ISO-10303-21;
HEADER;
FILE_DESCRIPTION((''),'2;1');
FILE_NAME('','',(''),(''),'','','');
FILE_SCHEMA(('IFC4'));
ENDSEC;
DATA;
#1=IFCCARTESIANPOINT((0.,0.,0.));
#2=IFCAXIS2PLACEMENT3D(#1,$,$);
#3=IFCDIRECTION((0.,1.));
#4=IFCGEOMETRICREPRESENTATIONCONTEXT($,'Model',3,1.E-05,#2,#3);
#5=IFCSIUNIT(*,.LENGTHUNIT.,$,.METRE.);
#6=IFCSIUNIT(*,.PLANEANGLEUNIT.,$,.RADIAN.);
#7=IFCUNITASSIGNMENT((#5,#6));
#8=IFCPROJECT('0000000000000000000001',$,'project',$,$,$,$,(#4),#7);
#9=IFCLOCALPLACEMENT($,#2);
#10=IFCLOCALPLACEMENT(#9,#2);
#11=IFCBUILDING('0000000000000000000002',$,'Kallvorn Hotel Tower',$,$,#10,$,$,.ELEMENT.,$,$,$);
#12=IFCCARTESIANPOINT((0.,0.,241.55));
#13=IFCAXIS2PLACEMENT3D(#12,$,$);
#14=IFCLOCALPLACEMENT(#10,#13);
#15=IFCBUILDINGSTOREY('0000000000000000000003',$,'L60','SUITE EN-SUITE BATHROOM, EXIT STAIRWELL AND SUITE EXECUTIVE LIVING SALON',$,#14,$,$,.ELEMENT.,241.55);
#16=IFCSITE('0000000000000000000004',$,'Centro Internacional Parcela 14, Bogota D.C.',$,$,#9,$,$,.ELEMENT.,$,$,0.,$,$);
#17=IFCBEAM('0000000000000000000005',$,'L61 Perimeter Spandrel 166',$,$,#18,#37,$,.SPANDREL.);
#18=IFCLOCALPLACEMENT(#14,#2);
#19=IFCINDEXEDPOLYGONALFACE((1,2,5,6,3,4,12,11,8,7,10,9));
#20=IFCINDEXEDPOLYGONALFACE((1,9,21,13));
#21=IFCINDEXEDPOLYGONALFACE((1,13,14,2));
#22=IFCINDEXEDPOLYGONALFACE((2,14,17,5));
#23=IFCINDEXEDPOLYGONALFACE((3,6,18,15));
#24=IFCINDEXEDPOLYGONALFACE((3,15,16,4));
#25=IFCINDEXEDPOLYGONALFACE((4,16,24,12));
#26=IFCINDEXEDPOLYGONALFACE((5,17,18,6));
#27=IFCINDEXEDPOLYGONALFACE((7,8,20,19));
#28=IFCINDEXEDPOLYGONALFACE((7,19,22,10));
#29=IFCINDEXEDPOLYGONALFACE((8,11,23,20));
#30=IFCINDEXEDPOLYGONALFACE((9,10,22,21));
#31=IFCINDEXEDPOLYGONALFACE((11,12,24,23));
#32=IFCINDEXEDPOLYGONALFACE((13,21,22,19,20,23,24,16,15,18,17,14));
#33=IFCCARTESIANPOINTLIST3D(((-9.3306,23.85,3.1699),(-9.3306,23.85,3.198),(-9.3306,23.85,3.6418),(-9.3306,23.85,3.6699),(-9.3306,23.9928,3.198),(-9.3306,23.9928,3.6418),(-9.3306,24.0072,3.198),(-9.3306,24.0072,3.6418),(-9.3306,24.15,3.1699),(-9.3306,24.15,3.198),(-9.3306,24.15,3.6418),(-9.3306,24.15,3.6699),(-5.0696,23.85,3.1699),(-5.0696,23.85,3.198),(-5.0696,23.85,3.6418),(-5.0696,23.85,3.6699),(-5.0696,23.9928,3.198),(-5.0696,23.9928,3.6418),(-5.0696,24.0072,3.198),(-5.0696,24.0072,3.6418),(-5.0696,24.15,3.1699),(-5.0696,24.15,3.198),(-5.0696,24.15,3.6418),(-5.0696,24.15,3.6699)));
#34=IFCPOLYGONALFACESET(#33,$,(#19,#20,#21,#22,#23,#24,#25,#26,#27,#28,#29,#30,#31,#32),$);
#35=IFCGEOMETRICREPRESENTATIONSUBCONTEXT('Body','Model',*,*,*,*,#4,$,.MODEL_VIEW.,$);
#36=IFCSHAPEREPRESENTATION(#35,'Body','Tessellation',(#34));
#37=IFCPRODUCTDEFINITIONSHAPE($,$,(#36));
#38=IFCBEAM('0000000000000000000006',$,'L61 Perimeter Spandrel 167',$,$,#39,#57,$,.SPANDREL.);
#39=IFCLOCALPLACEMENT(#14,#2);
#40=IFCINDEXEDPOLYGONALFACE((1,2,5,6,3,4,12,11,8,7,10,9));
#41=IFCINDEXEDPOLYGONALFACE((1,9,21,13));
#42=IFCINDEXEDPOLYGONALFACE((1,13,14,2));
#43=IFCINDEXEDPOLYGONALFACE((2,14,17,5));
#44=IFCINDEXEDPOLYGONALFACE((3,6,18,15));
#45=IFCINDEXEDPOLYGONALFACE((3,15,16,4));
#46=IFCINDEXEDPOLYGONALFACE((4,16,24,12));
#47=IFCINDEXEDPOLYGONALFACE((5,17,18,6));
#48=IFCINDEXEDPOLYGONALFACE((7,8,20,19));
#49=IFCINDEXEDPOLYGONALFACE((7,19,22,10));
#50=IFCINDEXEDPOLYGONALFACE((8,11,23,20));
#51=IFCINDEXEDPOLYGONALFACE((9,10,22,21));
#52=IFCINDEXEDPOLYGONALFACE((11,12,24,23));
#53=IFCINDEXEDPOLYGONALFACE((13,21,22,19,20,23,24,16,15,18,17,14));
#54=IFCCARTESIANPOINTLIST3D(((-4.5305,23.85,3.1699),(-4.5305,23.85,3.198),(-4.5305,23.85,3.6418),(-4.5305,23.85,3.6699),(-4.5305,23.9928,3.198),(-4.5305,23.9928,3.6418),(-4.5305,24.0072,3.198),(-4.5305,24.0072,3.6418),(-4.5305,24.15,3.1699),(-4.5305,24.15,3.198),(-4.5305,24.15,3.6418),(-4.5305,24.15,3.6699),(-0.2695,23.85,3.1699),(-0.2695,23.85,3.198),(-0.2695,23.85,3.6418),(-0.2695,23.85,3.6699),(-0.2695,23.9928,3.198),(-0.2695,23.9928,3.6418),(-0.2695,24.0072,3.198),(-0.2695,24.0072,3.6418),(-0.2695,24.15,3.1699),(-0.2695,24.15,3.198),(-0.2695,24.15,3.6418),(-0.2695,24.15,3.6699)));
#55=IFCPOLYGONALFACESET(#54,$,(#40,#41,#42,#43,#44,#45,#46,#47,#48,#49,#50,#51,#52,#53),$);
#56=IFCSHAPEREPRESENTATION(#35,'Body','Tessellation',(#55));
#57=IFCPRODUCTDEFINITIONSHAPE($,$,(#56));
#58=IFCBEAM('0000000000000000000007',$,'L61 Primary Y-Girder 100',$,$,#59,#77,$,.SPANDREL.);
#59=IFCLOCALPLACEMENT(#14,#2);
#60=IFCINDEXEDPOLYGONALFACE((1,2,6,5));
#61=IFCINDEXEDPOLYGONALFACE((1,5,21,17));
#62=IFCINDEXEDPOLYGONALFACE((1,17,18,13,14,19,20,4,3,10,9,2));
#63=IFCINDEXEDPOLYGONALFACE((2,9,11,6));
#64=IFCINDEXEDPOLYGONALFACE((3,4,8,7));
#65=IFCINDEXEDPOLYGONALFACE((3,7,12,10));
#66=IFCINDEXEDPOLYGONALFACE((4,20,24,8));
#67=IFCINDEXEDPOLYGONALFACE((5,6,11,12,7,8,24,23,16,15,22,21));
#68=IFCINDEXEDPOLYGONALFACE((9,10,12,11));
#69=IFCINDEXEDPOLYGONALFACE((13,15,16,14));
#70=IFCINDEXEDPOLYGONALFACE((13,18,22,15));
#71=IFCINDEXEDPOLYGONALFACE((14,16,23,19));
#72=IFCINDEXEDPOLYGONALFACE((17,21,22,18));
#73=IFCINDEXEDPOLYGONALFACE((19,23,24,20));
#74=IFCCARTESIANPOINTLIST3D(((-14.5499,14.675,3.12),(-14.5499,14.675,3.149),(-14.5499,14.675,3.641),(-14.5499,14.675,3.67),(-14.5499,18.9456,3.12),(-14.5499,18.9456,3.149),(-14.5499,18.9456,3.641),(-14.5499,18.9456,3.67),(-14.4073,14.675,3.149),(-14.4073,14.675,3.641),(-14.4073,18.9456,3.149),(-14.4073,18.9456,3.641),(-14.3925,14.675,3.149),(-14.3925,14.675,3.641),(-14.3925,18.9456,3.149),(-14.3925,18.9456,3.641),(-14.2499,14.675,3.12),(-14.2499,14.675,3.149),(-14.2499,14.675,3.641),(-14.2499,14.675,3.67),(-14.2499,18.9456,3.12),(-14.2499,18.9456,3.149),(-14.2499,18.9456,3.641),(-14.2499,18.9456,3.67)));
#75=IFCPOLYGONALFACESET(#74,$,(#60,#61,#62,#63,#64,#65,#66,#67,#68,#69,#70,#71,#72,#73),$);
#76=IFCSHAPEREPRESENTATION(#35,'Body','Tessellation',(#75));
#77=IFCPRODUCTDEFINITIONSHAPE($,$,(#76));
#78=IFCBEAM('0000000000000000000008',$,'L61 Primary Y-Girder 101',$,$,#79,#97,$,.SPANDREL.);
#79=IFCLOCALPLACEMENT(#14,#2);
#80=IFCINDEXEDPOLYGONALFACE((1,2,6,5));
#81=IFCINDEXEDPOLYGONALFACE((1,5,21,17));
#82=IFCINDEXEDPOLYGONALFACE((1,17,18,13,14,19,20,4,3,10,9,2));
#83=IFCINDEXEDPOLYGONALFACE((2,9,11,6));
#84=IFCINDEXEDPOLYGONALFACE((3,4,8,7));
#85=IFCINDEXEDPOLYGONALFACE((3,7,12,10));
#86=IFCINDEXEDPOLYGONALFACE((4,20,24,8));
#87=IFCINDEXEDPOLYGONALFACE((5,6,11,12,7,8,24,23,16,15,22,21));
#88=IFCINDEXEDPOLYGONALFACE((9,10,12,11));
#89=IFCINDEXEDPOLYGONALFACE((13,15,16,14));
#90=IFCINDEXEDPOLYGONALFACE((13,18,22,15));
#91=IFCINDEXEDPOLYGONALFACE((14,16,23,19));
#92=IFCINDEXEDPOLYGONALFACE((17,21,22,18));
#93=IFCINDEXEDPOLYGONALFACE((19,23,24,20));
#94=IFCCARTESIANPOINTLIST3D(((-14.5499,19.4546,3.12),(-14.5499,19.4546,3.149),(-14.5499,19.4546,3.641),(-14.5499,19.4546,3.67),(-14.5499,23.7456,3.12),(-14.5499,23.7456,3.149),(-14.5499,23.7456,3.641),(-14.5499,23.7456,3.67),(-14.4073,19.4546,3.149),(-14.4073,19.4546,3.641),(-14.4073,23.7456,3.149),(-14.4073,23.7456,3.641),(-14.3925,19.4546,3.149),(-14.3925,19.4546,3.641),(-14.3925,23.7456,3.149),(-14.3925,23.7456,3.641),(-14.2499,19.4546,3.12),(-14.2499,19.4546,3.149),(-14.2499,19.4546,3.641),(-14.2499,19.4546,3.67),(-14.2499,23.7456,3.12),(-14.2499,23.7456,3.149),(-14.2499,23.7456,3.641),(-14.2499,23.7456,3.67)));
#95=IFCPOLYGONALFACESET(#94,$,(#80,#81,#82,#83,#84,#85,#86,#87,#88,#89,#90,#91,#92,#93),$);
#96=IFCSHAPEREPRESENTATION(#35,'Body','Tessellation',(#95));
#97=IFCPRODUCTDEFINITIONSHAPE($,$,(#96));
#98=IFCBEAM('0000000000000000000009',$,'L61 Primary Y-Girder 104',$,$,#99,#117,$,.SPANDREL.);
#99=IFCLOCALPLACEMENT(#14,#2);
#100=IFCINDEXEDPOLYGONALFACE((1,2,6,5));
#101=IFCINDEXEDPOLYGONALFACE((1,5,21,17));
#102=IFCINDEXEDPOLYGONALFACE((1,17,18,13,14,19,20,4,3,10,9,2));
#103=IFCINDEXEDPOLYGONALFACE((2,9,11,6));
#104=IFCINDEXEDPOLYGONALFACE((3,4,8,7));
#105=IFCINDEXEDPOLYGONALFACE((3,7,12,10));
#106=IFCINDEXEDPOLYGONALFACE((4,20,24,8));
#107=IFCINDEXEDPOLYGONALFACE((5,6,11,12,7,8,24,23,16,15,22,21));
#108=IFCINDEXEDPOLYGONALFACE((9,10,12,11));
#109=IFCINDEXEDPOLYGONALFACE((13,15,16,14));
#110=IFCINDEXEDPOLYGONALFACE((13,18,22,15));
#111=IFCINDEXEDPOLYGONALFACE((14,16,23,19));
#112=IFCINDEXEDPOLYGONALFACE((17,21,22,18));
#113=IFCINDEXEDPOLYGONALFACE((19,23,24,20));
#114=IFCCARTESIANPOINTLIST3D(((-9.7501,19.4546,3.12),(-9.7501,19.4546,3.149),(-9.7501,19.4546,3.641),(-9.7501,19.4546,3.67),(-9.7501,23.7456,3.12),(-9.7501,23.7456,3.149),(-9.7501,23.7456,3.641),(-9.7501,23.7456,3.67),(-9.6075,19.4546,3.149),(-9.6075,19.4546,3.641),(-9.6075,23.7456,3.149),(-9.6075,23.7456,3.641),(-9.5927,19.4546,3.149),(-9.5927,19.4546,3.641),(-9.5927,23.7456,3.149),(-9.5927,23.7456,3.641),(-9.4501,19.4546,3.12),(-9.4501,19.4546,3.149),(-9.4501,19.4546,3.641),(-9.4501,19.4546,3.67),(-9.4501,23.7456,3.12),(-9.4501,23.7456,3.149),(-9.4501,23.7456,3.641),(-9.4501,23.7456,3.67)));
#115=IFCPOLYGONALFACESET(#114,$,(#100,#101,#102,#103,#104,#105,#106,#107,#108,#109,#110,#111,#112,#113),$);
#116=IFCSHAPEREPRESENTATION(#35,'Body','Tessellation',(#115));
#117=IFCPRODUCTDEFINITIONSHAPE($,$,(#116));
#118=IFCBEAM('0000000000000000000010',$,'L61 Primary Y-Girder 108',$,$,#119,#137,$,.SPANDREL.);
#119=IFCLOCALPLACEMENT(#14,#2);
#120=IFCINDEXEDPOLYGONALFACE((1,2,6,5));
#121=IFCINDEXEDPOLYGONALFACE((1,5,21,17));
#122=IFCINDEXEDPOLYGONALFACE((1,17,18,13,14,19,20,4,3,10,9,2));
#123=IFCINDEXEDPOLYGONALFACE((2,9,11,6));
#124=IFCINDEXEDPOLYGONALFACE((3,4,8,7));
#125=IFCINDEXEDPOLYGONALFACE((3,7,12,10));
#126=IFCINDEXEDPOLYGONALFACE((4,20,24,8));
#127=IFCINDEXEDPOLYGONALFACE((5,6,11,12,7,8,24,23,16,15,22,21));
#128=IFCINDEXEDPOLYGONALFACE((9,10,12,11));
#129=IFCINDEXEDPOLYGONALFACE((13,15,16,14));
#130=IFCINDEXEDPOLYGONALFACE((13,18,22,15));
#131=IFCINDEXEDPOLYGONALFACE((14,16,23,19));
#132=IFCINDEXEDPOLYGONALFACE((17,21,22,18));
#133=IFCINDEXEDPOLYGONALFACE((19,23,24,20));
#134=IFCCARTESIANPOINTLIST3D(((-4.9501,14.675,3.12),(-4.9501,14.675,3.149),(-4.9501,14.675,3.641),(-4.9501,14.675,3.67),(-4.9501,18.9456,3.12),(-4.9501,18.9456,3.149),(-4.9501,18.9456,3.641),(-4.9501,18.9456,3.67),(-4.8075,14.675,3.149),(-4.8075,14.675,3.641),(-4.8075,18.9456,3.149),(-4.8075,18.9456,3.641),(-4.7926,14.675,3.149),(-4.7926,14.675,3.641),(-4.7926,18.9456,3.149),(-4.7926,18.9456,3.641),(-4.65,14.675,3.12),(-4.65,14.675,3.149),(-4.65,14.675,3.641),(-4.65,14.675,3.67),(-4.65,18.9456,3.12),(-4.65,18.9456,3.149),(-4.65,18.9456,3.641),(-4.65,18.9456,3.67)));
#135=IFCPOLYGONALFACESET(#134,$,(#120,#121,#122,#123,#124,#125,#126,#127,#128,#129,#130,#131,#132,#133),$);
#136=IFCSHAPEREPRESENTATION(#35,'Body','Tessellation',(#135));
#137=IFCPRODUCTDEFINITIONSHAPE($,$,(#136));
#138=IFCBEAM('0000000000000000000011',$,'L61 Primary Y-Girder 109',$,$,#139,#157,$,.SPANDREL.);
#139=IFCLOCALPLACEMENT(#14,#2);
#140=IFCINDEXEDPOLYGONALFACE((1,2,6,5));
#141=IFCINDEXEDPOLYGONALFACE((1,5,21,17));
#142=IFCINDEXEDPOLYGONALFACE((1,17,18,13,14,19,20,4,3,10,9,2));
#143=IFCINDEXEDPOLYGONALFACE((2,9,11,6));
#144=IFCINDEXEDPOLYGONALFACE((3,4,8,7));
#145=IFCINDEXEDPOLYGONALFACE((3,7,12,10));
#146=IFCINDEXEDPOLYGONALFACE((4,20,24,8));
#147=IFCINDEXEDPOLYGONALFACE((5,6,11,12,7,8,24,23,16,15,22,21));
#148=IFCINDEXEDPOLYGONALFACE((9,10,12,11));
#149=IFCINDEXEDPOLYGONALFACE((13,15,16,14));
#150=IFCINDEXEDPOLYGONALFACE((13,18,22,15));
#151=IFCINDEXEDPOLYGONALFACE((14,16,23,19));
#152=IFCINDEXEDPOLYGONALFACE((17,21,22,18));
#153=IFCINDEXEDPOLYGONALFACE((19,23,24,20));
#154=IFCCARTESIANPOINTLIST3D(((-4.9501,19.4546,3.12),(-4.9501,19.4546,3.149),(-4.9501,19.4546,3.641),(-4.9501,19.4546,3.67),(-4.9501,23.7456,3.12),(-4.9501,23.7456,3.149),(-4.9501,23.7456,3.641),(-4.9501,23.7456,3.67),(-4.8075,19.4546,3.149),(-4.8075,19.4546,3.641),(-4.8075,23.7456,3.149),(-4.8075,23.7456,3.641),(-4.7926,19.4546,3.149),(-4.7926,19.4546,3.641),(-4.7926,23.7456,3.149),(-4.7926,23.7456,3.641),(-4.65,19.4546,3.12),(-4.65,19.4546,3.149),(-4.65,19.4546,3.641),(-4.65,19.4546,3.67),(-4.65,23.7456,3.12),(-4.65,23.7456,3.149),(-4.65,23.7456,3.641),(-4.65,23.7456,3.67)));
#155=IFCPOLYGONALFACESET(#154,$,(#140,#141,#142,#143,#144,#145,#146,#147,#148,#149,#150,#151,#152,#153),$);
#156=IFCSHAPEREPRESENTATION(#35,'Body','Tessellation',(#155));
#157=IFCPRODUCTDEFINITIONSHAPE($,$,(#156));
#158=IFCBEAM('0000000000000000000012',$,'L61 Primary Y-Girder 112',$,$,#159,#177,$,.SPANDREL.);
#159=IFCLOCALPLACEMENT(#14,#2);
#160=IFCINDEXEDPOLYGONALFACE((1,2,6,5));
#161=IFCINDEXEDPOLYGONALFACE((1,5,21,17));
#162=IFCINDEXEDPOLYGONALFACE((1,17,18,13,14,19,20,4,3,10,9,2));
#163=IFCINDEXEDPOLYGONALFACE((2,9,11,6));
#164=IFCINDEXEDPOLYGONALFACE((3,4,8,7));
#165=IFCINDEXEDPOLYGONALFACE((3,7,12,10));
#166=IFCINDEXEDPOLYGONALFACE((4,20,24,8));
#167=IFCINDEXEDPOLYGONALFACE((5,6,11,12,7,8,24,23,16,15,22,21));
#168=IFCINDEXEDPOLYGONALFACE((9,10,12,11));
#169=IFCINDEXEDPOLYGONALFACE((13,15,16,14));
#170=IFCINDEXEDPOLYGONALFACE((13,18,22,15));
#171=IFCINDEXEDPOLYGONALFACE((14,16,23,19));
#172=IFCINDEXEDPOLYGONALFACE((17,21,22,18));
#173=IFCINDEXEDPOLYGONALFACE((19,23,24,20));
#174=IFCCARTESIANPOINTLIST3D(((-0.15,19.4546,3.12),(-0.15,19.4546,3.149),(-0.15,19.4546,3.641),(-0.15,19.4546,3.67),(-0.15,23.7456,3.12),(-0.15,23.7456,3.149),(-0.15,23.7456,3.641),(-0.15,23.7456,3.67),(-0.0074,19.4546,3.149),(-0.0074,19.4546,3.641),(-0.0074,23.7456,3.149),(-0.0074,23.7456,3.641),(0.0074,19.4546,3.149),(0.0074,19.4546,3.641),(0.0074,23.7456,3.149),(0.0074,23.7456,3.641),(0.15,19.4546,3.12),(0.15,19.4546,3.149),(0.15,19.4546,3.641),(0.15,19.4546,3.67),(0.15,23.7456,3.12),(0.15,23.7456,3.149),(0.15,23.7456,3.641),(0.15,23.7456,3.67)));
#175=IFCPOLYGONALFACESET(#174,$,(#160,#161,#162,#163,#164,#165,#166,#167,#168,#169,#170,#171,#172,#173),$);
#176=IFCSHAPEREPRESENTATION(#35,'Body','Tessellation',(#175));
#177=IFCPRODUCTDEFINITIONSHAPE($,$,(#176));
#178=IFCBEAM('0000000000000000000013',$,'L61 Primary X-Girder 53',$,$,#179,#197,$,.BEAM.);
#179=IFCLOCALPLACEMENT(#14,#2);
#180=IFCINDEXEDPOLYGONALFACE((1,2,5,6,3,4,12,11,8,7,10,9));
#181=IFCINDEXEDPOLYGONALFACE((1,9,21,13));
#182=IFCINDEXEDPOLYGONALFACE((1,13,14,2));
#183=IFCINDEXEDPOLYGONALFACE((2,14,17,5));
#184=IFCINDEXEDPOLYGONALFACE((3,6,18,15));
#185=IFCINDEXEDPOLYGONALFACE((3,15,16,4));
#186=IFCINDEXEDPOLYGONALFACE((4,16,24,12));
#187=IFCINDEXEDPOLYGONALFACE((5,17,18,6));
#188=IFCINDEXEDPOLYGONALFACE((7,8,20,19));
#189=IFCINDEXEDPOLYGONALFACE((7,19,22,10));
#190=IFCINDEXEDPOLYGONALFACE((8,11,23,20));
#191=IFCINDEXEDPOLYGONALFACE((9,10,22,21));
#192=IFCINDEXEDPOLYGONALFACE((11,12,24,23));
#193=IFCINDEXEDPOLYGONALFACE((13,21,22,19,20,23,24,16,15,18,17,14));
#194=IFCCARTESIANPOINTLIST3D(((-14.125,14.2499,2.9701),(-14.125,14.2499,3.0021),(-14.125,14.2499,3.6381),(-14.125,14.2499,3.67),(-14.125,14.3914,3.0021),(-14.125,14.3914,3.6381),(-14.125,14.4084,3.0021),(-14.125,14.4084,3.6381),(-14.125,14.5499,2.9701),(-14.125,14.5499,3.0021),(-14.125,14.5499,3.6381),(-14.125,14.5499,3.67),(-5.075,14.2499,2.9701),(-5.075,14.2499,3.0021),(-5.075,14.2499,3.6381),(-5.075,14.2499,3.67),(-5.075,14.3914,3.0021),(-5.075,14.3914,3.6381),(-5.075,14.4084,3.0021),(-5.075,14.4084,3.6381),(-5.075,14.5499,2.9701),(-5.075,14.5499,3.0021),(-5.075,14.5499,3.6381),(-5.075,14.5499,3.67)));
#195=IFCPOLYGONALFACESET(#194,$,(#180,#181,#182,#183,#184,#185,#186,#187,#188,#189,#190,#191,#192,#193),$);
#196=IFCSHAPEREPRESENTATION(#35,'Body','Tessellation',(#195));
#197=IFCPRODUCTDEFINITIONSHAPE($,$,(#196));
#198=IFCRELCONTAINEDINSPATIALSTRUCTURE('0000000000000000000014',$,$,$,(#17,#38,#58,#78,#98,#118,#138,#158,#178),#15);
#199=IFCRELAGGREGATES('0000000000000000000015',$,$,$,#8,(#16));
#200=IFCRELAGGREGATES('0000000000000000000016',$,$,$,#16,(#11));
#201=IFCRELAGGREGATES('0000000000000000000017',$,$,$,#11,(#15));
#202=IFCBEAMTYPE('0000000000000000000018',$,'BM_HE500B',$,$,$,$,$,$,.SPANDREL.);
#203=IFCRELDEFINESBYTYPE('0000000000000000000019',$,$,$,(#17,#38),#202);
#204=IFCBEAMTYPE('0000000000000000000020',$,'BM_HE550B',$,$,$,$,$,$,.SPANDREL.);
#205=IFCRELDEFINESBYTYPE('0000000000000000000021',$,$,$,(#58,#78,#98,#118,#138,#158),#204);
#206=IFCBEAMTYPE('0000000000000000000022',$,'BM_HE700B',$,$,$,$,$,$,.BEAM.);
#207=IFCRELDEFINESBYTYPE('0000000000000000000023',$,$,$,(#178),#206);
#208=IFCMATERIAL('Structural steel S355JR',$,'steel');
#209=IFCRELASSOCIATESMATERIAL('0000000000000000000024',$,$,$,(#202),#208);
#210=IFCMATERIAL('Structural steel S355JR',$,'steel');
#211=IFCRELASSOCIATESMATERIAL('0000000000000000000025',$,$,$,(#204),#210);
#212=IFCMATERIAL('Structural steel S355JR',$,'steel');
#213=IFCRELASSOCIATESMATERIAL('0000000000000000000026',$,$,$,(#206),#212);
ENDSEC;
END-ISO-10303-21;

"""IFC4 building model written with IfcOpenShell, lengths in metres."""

from ifc_helpers import new_model, si_unit, direction, frame, origin, origin_2d, place, context, subcontext, project, spatial, i_section, extrude, material, material_profile, profile_set, type_object, element, save


model = new_model("IFC4")

# Units and contexts
model_context = context("Model", 3, precision=1e-05, world=origin(), true_north=direction((0.0, 1.0)))
body_context = subcontext(model_context, "Body", "Model", "MODEL_VIEW")
ifc_project = project(units=[si_unit("LENGTHUNIT", "METRE"), si_unit("PLANEANGLEUNIT", "RADIAN")], contexts=[model_context])

# Site, building, storey
site_placement = place(None, origin())
site = spatial("IfcSite", under=ifc_project, at=site_placement, Name="Centro Internacional Parcela 14, Bogota D.C.", CompositionType="ELEMENT", RefElevation=0.0)
building_placement = place(site_placement, origin())
building = spatial("IfcBuilding", under=site, at=building_placement, Name="Kallvorn Hotel Tower", CompositionType="ELEMENT")
storey_placement = place(building_placement, frame((0.0, 0.0, 241.55)))
storey = spatial("IfcBuildingStorey", under=building, at=storey_placement, Name="L60", Description="SUITE EN-SUITE BATHROOM, EXIT STAIRWELL AND SUITE EXECUTIVE LIVING SALON", CompositionType="ELEMENT", Elevation=241.55)

# Beams
ifc_material_1 = material(Name="Structural steel S355JR", Category="steel")
ifc_material_profile_1 = material_profile(ifc_material_1, i_section(OverallWidth=0.3, OverallDepth=0.5, WebThickness=0.0144, FlangeThickness=0.0281, at=origin_2d()), Name="HE 500 B")
ifc_profile_set_1 = profile_set([ifc_material_profile_1], Name="Structural steel S355JR")
beam_type_1 = type_object("IfcBeamType", Name="BM_HE500B", PredefinedType="SPANDREL", material=ifc_profile_set_1)
for number, where, z_axis, x_axis, name in (
    (1, (-9.3306, 24.0, 3.4199), (1.0, 0.0, 0.0), (0.0, 1.0, 0.0), "L61 Perimeter Spandrel 166"),
    (2, (-4.5305, 24.0, 3.4199), (1.0, 0.0, 0.0), (0.0, 1.0, 0.0), "L61 Perimeter Spandrel 167"),
):
    element("IfcBeam", number, at=place(storey_placement, frame(where, z_axis=z_axis, x_axis=x_axis)), inside=storey, type_object=beam_type_1, Name=name, PredefinedType="SPANDREL", context=body_context, shape_type="SweptSolid", body=[
        extrude(i_section(OverallWidth=0.3, OverallDepth=0.5, WebThickness=0.0144, FlangeThickness=0.0281, at=origin_2d()), origin(), (0.0, 0.0, 1.0), 4.261),
    ])
ifc_material_2 = material(Name="Structural steel S355JR", Category="steel")
ifc_material_profile_2 = material_profile(ifc_material_2, i_section(OverallWidth=0.3, OverallDepth=0.55, WebThickness=0.0149, FlangeThickness=0.0291, at=origin_2d()), Name="HE 550 B")
ifc_profile_set_2 = profile_set([ifc_material_profile_2], Name="Structural steel S355JR")
beam_type_2 = type_object("IfcBeamType", Name="BM_HE550B", PredefinedType="SPANDREL", material=ifc_profile_set_2)
beam_1_placement = place(storey_placement, frame((-14.3999, 14.675, 3.395), z_axis=(0.0, 1.0, 0.0), x_axis=(-1.0, 0.0, 0.0)))
element("IfcBeam", 3, at=beam_1_placement, inside=storey, type_object=beam_type_2, Name="L61 Primary Y-Girder 100", PredefinedType="SPANDREL", context=body_context, shape_type="SweptSolid", body=[
    extrude(i_section(OverallWidth=0.3, OverallDepth=0.55, WebThickness=0.0149, FlangeThickness=0.0291, at=origin_2d()), origin(), (0.0, 0.0, 1.0), 4.2705),
])
for number, where, z_axis, x_axis, name in (
    (4, (-14.3999, 19.4546, 3.395), (0.0, 1.0, 0.0), (-1.0, 0.0, 0.0), "L61 Primary Y-Girder 101"),
    (5, (-9.6001, 19.4546, 3.395), (0.0, 1.0, 0.0), (-1.0, 0.0, 0.0), "L61 Primary Y-Girder 104"),
):
    element("IfcBeam", number, at=place(storey_placement, frame(where, z_axis=z_axis, x_axis=x_axis)), inside=storey, type_object=beam_type_2, Name=name, PredefinedType="SPANDREL", context=body_context, shape_type="SweptSolid", body=[
        extrude(i_section(OverallWidth=0.3, OverallDepth=0.55, WebThickness=0.0149, FlangeThickness=0.0291, at=origin_2d()), origin(), (0.0, 0.0, 1.0), 4.291),
    ])
beam_2_placement = place(storey_placement, frame((-4.8, 14.675, 3.395), z_axis=(0.0, 1.0, 0.0), x_axis=(-1.0, 0.0, 0.0)))
element("IfcBeam", 6, at=beam_2_placement, inside=storey, type_object=beam_type_2, Name="L61 Primary Y-Girder 108", PredefinedType="SPANDREL", context=body_context, shape_type="SweptSolid", body=[
    extrude(i_section(OverallWidth=0.3, OverallDepth=0.55, WebThickness=0.0149, FlangeThickness=0.0291, at=origin_2d()), origin(), (0.0, 0.0, 1.0), 4.2705),
])
for number, where, z_axis, x_axis, name in (
    (7, (-4.8, 19.4546, 3.395), (0.0, 1.0, 0.0), (-1.0, 0.0, 0.0), "L61 Primary Y-Girder 109"),
    (8, (0.0, 19.4546, 3.395), (0.0, 1.0, 0.0), (-1.0, 0.0, 0.0), "L61 Primary Y-Girder 112"),
):
    element("IfcBeam", number, at=place(storey_placement, frame(where, z_axis=z_axis, x_axis=x_axis)), inside=storey, type_object=beam_type_2, Name=name, PredefinedType="SPANDREL", context=body_context, shape_type="SweptSolid", body=[
        extrude(i_section(OverallWidth=0.3, OverallDepth=0.55, WebThickness=0.0149, FlangeThickness=0.0291, at=origin_2d()), origin(), (0.0, 0.0, 1.0), 4.291),
    ])
ifc_material_3 = material(Name="Structural steel S355JR", Category="steel")
ifc_material_profile_3 = material_profile(ifc_material_3, i_section(OverallWidth=0.3, OverallDepth=0.7, WebThickness=0.0171, FlangeThickness=0.032, at=origin_2d()), Name="HE 700 B")
ifc_profile_set_3 = profile_set([ifc_material_profile_3], Name="Structural steel S355JR")
beam_type_3 = type_object("IfcBeamType", Name="BM_HE700B", PredefinedType="BEAM", material=ifc_profile_set_3)
beam_3_placement = place(storey_placement, frame((-14.125, 14.3999, 3.3201), z_axis=(1.0, 0.0, 0.0), x_axis=(0.0, 1.0, 0.0)))
element("IfcBeam", 9, at=beam_3_placement, inside=storey, type_object=beam_type_3, Name="L61 Primary X-Girder 53", PredefinedType="BEAM", context=body_context, shape_type="SweptSolid", body=[
    extrude(i_section(OverallWidth=0.3, OverallDepth=0.7, WebThickness=0.0171, FlangeThickness=0.032, at=origin_2d()), origin(), (0.0, 0.0, 1.0), 9.05),
])

save(model, "model.ifc")
